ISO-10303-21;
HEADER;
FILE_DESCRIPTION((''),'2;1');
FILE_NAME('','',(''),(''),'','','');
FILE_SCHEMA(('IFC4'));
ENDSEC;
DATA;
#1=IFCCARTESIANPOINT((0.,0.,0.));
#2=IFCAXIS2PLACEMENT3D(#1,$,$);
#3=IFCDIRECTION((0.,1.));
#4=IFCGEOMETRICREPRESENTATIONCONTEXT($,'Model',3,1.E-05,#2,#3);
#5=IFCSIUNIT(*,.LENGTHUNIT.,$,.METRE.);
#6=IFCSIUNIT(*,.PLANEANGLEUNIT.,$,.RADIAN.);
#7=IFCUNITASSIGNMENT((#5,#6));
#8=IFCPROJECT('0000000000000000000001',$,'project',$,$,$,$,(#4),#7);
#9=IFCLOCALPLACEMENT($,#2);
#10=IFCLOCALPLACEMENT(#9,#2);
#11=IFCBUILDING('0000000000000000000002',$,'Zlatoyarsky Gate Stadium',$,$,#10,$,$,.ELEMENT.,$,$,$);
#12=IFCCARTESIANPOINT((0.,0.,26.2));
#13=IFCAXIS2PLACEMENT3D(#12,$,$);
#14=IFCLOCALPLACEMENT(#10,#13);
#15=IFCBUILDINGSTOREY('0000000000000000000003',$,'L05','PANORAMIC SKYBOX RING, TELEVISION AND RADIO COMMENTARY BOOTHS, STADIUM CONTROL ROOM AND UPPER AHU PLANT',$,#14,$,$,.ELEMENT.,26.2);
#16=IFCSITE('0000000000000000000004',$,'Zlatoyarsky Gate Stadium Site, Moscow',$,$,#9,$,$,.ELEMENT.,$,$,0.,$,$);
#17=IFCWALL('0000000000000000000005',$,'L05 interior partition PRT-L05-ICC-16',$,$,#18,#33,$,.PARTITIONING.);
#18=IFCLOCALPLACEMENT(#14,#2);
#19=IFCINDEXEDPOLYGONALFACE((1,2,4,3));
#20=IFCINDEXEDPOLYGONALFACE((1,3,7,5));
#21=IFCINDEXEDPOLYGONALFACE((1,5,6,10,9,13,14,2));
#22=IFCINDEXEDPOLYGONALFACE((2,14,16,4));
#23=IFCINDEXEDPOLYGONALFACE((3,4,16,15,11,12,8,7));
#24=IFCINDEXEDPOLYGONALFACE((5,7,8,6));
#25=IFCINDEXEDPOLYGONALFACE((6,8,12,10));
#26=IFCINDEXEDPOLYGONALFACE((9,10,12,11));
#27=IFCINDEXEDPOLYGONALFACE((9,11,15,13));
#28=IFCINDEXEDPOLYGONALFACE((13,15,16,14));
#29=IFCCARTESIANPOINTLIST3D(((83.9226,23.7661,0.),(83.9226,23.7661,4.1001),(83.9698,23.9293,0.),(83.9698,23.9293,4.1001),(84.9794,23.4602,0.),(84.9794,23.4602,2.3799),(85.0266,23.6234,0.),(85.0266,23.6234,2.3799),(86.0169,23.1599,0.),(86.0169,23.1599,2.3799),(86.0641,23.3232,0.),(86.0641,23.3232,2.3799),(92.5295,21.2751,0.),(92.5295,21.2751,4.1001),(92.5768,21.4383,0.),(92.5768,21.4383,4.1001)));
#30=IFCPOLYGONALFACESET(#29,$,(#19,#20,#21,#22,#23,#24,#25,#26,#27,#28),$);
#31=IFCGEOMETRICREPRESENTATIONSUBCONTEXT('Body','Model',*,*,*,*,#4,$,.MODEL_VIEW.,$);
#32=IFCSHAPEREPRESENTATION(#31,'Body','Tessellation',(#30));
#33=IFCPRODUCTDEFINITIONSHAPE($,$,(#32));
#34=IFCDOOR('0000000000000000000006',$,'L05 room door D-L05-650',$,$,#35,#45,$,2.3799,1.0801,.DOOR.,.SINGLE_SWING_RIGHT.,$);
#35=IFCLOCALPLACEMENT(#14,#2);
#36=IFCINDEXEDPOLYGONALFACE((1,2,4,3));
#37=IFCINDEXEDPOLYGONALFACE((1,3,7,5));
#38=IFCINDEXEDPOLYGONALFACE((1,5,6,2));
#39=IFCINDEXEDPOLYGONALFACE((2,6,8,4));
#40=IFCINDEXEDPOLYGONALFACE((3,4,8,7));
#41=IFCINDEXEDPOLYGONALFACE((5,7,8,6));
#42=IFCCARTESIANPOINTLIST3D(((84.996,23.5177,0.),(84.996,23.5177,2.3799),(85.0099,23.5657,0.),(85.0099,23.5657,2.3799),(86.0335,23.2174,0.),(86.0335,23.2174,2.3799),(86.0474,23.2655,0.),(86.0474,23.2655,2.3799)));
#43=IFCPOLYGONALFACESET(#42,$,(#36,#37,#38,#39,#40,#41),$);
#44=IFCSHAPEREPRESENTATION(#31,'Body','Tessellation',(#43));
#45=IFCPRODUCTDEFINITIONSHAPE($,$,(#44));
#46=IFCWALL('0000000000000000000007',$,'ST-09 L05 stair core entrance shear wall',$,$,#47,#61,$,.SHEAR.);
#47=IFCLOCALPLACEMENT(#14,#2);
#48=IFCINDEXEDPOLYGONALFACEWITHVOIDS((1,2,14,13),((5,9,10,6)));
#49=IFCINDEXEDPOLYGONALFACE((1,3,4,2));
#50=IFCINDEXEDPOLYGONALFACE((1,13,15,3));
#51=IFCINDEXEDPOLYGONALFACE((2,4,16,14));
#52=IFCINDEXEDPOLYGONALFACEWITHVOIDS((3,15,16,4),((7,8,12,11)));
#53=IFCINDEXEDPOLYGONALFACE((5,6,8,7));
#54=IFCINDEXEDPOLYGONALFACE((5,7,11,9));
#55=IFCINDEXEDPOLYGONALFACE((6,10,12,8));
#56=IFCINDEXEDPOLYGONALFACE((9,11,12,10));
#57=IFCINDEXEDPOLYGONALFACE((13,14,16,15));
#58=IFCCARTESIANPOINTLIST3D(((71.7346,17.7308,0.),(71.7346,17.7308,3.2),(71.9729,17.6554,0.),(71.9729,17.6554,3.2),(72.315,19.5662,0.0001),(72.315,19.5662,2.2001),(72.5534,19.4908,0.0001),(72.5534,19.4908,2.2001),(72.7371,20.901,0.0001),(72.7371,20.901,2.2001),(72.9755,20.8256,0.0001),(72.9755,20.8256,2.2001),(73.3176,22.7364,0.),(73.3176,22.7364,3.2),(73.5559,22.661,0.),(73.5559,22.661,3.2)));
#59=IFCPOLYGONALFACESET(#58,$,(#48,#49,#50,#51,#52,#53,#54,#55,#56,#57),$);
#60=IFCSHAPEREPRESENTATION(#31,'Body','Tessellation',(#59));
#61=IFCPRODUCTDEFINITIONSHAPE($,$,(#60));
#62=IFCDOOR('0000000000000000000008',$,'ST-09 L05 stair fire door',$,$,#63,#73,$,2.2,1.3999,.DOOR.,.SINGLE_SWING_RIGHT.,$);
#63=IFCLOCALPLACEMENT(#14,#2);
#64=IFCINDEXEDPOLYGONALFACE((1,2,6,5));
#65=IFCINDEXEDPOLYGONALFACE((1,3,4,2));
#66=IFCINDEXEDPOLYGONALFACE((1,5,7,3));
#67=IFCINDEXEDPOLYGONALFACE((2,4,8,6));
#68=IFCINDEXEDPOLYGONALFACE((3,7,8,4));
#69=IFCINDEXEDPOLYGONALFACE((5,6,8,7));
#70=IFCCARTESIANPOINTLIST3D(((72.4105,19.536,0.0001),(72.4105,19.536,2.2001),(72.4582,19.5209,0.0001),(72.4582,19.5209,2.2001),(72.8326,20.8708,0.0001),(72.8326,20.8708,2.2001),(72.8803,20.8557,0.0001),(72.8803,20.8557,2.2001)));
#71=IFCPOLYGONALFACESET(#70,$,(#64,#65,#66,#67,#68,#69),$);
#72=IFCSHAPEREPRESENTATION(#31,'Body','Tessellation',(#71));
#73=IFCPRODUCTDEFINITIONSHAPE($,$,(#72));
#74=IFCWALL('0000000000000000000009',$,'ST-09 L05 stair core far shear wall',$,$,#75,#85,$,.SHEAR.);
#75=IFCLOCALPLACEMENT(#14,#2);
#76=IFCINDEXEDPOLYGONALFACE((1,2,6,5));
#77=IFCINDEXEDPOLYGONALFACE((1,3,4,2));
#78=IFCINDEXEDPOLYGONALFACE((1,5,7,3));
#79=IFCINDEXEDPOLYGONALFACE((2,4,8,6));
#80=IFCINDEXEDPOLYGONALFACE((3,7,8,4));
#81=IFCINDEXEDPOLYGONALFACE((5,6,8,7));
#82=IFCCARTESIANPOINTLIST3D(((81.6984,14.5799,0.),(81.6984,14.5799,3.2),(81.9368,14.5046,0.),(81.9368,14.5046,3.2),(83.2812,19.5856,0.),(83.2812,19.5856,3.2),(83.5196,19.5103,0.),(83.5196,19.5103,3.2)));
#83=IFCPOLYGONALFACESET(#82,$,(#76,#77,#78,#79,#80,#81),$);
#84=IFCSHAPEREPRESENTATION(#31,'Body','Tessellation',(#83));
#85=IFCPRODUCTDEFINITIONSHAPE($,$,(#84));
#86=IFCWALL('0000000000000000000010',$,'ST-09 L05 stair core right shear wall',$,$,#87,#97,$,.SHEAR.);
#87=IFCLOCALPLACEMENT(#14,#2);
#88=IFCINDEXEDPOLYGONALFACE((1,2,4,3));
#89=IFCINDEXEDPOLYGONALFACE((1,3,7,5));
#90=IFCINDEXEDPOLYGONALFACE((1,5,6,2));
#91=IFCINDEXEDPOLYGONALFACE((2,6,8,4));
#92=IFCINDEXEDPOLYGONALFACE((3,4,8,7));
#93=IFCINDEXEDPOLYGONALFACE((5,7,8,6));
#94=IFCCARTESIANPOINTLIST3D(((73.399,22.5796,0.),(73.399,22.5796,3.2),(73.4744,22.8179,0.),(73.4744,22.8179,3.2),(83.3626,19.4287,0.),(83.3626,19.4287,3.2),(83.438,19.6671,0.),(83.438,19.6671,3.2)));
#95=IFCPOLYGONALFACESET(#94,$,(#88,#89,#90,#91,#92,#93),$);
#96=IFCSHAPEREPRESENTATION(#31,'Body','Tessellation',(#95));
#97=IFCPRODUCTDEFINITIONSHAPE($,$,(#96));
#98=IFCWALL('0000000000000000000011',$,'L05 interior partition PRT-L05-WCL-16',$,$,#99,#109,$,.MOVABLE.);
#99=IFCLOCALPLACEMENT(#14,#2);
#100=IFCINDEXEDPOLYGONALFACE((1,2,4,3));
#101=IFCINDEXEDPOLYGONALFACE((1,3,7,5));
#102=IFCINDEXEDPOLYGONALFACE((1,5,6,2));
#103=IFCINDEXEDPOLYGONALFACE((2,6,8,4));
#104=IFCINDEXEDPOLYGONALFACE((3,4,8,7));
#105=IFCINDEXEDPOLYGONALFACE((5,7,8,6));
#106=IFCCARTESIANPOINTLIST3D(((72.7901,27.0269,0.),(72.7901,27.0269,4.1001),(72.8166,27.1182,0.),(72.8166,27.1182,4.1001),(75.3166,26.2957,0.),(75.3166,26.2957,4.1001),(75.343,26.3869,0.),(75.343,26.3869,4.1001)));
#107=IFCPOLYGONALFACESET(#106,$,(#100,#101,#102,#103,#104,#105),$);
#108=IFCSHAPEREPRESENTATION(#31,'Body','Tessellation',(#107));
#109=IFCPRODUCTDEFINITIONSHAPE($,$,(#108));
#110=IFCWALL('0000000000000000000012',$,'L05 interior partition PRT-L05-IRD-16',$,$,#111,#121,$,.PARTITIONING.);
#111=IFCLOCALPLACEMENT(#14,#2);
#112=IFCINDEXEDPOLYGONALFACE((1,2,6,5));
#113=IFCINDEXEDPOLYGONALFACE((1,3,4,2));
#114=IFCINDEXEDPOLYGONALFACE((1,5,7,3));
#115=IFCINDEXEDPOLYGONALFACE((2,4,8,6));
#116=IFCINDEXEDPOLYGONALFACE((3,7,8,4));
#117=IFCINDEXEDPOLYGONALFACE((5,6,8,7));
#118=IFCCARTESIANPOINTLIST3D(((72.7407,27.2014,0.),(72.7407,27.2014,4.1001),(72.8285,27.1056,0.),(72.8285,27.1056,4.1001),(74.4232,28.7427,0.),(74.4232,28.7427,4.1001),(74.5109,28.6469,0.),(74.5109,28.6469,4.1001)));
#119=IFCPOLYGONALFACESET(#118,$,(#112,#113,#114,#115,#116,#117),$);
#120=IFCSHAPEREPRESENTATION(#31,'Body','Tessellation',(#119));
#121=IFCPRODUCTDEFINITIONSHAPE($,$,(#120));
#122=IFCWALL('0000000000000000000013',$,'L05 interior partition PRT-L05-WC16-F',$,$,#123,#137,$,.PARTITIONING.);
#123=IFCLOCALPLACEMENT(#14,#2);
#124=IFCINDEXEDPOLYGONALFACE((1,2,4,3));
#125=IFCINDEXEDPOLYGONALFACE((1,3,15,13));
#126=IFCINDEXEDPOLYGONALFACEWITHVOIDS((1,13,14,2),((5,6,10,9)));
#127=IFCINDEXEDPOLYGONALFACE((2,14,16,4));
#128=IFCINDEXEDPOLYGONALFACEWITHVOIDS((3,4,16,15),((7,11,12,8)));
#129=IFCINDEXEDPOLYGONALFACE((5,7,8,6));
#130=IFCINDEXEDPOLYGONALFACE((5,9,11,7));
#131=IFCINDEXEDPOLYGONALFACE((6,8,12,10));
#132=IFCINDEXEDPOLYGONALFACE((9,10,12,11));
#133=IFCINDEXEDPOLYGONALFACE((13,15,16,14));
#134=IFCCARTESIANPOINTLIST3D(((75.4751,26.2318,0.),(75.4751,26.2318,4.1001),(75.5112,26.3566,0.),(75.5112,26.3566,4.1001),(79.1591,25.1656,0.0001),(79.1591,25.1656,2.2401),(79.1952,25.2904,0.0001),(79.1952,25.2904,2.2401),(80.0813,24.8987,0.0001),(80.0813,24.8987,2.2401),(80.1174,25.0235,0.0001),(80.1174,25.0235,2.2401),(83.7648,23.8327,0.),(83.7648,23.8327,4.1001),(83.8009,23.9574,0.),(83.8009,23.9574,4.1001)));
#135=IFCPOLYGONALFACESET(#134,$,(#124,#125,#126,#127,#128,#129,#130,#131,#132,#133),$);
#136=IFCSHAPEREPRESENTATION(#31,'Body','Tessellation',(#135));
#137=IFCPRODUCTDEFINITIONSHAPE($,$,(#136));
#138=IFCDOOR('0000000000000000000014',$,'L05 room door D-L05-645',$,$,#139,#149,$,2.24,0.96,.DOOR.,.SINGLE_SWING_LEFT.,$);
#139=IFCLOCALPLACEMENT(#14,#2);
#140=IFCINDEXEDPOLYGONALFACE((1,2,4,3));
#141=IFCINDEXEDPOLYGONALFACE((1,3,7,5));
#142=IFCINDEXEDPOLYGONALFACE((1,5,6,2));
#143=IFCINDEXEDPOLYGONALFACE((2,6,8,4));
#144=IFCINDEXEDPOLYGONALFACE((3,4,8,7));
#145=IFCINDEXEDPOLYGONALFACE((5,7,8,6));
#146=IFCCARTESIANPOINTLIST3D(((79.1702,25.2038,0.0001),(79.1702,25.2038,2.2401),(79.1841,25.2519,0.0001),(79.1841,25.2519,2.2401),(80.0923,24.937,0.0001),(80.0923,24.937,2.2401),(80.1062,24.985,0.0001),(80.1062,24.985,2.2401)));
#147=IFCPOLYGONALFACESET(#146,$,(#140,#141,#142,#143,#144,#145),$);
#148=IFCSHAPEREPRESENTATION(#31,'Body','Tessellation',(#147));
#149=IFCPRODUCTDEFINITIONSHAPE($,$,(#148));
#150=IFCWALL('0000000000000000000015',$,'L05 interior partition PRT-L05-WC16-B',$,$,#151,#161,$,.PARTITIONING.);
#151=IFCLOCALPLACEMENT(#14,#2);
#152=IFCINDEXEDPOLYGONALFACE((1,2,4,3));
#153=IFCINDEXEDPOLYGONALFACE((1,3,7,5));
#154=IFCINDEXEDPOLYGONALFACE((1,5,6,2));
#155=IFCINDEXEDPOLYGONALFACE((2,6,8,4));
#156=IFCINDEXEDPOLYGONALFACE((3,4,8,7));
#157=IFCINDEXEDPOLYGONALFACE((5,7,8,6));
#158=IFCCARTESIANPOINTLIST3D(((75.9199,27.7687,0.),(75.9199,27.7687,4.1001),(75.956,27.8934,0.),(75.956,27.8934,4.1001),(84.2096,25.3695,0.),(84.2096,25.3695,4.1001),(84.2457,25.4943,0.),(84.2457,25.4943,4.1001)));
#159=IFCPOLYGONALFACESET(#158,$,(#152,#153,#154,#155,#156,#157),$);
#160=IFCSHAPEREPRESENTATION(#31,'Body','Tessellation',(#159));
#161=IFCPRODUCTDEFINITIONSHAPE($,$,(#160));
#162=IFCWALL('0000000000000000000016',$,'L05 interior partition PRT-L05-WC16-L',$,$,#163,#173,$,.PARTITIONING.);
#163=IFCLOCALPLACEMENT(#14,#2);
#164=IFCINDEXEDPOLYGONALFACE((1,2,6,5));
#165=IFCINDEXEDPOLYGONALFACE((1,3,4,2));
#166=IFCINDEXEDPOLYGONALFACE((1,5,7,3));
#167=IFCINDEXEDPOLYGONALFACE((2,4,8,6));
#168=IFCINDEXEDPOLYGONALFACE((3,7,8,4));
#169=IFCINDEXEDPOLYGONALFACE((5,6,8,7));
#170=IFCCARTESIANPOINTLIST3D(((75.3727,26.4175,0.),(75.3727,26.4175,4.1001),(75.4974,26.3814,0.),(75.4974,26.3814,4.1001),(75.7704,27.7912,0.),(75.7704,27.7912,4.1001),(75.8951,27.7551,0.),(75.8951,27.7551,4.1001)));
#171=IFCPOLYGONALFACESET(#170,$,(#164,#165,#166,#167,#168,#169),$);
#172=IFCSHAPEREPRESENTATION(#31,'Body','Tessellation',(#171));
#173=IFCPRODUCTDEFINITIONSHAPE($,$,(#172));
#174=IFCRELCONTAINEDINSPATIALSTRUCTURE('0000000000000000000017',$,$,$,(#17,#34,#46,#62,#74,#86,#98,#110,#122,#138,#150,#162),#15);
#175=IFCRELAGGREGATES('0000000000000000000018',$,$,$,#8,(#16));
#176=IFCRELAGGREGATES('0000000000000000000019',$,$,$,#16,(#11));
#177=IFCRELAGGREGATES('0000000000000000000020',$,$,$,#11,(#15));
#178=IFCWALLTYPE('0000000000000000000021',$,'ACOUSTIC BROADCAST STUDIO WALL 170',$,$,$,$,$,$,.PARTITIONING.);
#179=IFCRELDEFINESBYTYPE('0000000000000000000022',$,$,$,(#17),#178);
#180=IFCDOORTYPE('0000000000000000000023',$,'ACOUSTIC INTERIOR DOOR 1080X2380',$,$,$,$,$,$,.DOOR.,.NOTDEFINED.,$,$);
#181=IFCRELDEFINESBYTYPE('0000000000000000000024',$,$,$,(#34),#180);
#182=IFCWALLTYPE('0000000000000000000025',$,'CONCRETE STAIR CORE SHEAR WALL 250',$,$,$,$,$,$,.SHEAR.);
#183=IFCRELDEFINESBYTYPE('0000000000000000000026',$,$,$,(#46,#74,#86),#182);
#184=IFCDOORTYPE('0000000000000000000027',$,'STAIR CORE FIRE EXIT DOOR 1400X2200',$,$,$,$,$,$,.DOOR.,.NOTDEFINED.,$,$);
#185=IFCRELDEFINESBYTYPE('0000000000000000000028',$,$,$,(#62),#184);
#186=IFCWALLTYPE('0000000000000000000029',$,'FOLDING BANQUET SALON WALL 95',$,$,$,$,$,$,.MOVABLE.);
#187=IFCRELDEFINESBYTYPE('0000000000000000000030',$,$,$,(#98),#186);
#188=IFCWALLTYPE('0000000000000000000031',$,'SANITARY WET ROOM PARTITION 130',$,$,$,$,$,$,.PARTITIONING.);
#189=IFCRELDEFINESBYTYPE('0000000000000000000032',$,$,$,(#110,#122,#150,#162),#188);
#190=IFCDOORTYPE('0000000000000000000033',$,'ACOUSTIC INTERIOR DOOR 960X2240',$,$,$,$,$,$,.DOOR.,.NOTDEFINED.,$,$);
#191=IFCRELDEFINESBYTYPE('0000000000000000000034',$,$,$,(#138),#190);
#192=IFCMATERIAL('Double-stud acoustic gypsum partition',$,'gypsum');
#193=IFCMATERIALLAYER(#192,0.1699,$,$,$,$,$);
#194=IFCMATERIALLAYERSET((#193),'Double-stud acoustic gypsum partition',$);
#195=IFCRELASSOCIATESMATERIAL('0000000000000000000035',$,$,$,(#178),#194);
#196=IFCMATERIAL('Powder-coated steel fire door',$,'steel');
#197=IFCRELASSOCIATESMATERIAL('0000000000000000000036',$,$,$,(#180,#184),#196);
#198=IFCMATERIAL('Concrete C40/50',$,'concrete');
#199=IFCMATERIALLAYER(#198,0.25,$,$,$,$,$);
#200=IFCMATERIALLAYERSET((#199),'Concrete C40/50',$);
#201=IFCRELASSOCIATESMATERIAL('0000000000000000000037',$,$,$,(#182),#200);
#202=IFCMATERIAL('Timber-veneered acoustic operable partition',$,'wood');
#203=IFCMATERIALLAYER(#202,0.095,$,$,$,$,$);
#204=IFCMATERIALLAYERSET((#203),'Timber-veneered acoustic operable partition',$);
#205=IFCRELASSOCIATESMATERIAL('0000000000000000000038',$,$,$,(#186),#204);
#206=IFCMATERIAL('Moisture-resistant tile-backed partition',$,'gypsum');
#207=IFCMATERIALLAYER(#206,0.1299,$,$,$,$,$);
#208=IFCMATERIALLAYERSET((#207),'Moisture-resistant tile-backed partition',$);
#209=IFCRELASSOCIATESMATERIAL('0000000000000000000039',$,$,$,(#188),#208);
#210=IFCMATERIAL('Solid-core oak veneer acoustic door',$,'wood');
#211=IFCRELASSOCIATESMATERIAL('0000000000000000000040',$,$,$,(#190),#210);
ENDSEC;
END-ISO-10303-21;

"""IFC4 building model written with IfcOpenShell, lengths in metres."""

from ifc_helpers import new_model, si_unit, direction, frame, frame_2d, origin, place, context, subcontext, project, spatial, rectangle, extrude, material, layer, layer_set, type_object, element, fill, save


model = new_model("IFC4")

# Units and contexts
model_context = context("Model", 3, precision=1e-05, world=origin(), true_north=direction((0.0, 1.0)))
body_context = subcontext(model_context, "Body", "Model", "MODEL_VIEW")
ifc_project = project(units=[si_unit("LENGTHUNIT", "METRE"), si_unit("PLANEANGLEUNIT", "RADIAN")], contexts=[model_context])

# Site, building, storey
site_placement = place(None, origin())
site = spatial("IfcSite", under=ifc_project, at=site_placement, Name="Zlatoyarsky Gate Stadium Site, Moscow", CompositionType="ELEMENT", RefElevation=0.0)
building_placement = place(site_placement, origin())
building = spatial("IfcBuilding", under=site, at=building_placement, Name="Zlatoyarsky Gate Stadium", CompositionType="ELEMENT")
storey_placement = place(building_placement, frame((0.0, 0.0, 26.2)))
storey = spatial("IfcBuildingStorey", under=building, at=storey_placement, Name="L05", Description="PANORAMIC SKYBOX RING, TELEVISION AND RADIO COMMENTARY BOOTHS, STADIUM CONTROL ROOM AND UPPER AHU PLANT", CompositionType="ELEMENT", Elevation=26.2)

# Walls, openings, doors
ifc_material_1 = material(Name="Double-stud acoustic gypsum partition", Category="gypsum")
ifc_layer_1 = layer(ifc_material_1, 0.1699)
ifc_layer_set_1 = layer_set([ifc_layer_1], Name="Double-stud acoustic gypsum partition")
wall_type_1 = type_object("IfcWallType", Name="ACOUSTIC BROADCAST STUDIO WALL 170", PredefinedType="PARTITIONING", material=ifc_layer_set_1)
wall_1_placement = place(storey_placement, frame((83.9463, 23.8477, 0.0), z_axis=(0.0, 0.0, 1.0), x_axis=(0.96058, -0.278005, 0.0)))
wall_1 = element("IfcWall", 1, at=wall_1_placement, inside=storey, type_object=wall_type_1, Name="L05 interior partition PRT-L05-ICC-16", PredefinedType="PARTITIONING", context=body_context, shape_type="SweptSolid", body=[
    extrude(rectangle(XDim=8.9602, YDim=0.1699, at=frame_2d((4.48, 0.0))), origin(), (0.0, 0.0, 1.0), 4.1001),
])
opening_1_placement = place(wall_1_placement, frame((1.1001, 0.0, 0.0)))
opening_1 = element("IfcOpeningElement", 2, at=opening_1_placement, cuts=wall_1, PredefinedType="OPENING", context=body_context, shape_type="SweptSolid", body=[
    extrude(rectangle(XDim=1.0801, YDim=2.3799, at=frame_2d((0.54, 1.1899))), frame((0.0, 0.095, 0.0), z_axis=(0.0, -1.0, 0.0), x_axis=(1.0, 0.0, 0.0)), (0.0, 0.0, 1.0), 0.1899),
])
ifc_material_2 = material(Name="Powder-coated steel fire door", Category="steel")
door_type_1 = type_object("IfcDoorType", Name="ACOUSTIC INTERIOR DOOR 1080X2380", OperationType="NOTDEFINED", PredefinedType="DOOR", material=ifc_material_2)
door_1_placement = place(opening_1_placement, origin())
door_1 = element("IfcDoor", 3, at=door_1_placement, inside=storey, type_object=door_type_1, Name="L05 room door D-L05-650", OperationType="SINGLE_SWING_RIGHT", OverallHeight=2.3799, OverallWidth=1.0801, PredefinedType="DOOR", context=body_context, shape_type="SweptSolid", body=[
    extrude(rectangle(XDim=1.0801, YDim=2.3799, at=frame_2d((0.54, 1.1899))), frame((0.0, 0.0249, 0.0), z_axis=(0.0, -1.0, 0.0), x_axis=(1.0, 0.0, 0.0)), (0.0, 0.0, 1.0), 0.05),
])
fill(opening_1, door_1)
ifc_material_3 = material(Name="Concrete C40/50", Category="concrete")
ifc_layer_2 = layer(ifc_material_3, 0.25)
ifc_layer_set_2 = layer_set([ifc_layer_2], Name="Concrete C40/50")
wall_type_2 = type_object("IfcWallType", Name="CONCRETE STAIR CORE SHEAR WALL 250", PredefinedType="SHEAR", material=ifc_layer_set_2)
wall_2_placement = place(storey_placement, frame((73.4368, 22.6987, 0.0), z_axis=(0.0, 0.0, 1.0), x_axis=(-0.301527, -0.953457, 0.0)))
wall_2 = element("IfcWall", 4, at=wall_2_placement, inside=storey, type_object=wall_type_2, Name="ST-09 L05 stair core entrance shear wall", PredefinedType="SHEAR", context=body_context, shape_type="SweptSolid", body=[
    extrude(rectangle(XDim=5.25, YDim=0.25, at=frame_2d((2.625, 0.0))), origin(), (0.0, 0.0, 1.0), 3.2),
])
opening_2_placement = place(wall_2_placement, frame((1.925, 0.0, 0.0)))
opening_2 = element("IfcOpeningElement", 5, at=opening_2_placement, cuts=wall_2, PredefinedType="OPENING", context=body_context, shape_type="SweptSolid", body=[
    extrude(rectangle(XDim=1.3999, YDim=2.2, at=frame_2d((0.7, 1.1001))), frame((0.0, 0.135, 0.0), z_axis=(0.0, -1.0, 0.0), x_axis=(1.0, 0.0, 0.0)), (0.0, 0.0, 1.0), 0.27),
])
door_type_2 = type_object("IfcDoorType", Name="STAIR CORE FIRE EXIT DOOR 1400X2200", OperationType="NOTDEFINED", PredefinedType="DOOR", material=ifc_material_2)
door_2_placement = place(opening_2_placement, frame((1.3999, 0.0, 0.0), z_axis=(0.0, 0.0, 1.0), x_axis=(-1.0, 0.0, 0.0)))
door_2 = element("IfcDoor", 6, at=door_2_placement, inside=storey, type_object=door_type_2, Name="ST-09 L05 stair fire door", OperationType="SINGLE_SWING_RIGHT", OverallHeight=2.2, OverallWidth=1.3999, PredefinedType="DOOR", context=body_context, shape_type="SweptSolid", body=[
    extrude(rectangle(XDim=1.3999, YDim=2.2, at=frame_2d((0.7, 1.1001))), frame((0.0, 0.0249, 0.0), z_axis=(0.0, -1.0, 0.0), x_axis=(1.0, 0.0, 0.0)), (0.0, 0.0, 1.0), 0.05),
])
fill(opening_2, door_2)

# Walls
wall_3_placement = place(storey_placement, frame((81.8176, 14.5422, 0.0), z_axis=(0.0, 0.0, 1.0), x_axis=(0.301485, 0.953471, 0.0)))
element("IfcWall", 7, at=wall_3_placement, inside=storey, type_object=wall_type_2, Name="ST-09 L05 stair core far shear wall", PredefinedType="SHEAR", context=body_context, shape_type="SweptSolid", body=[
    extrude(rectangle(XDim=5.25, YDim=0.25, at=frame_2d((2.625, 0.0))), origin(), (0.0, 0.0, 1.0), 3.2),
])
wall_4_placement = place(storey_placement, frame((83.4004, 19.5479, 0.0), z_axis=(0.0, 0.0, 1.0), x_axis=(-0.95346, 0.30152, 0.0)))
element("IfcWall", 8, at=wall_4_placement, inside=storey, type_object=wall_type_2, Name="ST-09 L05 stair core right shear wall", PredefinedType="SHEAR", context=body_context, shape_type="SweptSolid", body=[
    extrude(rectangle(XDim=10.45, YDim=0.25, at=frame_2d((5.2251, 0.0))), origin(), (0.0, 0.0, 1.0), 3.2),
])
ifc_material_4 = material(Name="Timber-veneered acoustic operable partition", Category="wood")
ifc_layer_3 = layer(ifc_material_4, 0.095)
ifc_layer_set_3 = layer_set([ifc_layer_3], Name="Timber-veneered acoustic operable partition")
wall_type_3 = type_object("IfcWallType", Name="FOLDING BANQUET SALON WALL 95", PredefinedType="MOVABLE", material=ifc_layer_set_3)
wall_5_placement = place(storey_placement, frame((72.8035, 27.0725, 0.0), z_axis=(0.0, 0.0, 1.0), x_axis=(0.960576, -0.278018, 0.0)))
element("IfcWall", 9, at=wall_5_placement, inside=storey, type_object=wall_type_3, Name="L05 interior partition PRT-L05-WCL-16", PredefinedType="MOVABLE", context=body_context, shape_type="SweptSolid", body=[
    extrude(rectangle(XDim=2.6301, YDim=0.095, at=frame_2d((1.3149, 0.0))), origin(), (0.0, 0.0, 1.0), 4.1001),
])
ifc_material_5 = material(Name="Moisture-resistant tile-backed partition", Category="gypsum")
ifc_layer_4 = layer(ifc_material_5, 0.1299)
ifc_layer_set_4 = layer_set([ifc_layer_4], Name="Moisture-resistant tile-backed partition")
wall_type_4 = type_object("IfcWallType", Name="SANITARY WET ROOM PARTITION 130", PredefinedType="PARTITIONING", material=ifc_layer_set_4)
wall_6_placement = place(storey_placement, frame((74.467, 28.6948, 0.0), z_axis=(0.0, 0.0, 1.0), x_axis=(-0.737354, -0.675507, 0.0)))
element("IfcWall", 10, at=wall_6_placement, inside=storey, type_object=wall_type_4, Name="L05 interior partition PRT-L05-IRD-16", PredefinedType="PARTITIONING", context=body_context, shape_type="SweptSolid", body=[
    extrude(rectangle(XDim=2.2817, YDim=0.1299, at=frame_2d((1.1409, 0.0))), origin(), (0.0, 0.0, 1.0), 4.1001),
])

# Wall, opening, door
wall_7_placement = place(storey_placement, frame((75.4932, 26.2942, 0.0), z_axis=(0.0, 0.0, 1.0), x_axis=(0.96058, -0.278004, 0.0)))
wall_7 = element("IfcWall", 11, at=wall_7_placement, inside=storey, type_object=wall_type_4, Name="L05 interior partition PRT-L05-WC16-F", PredefinedType="PARTITIONING", context=body_context, shape_type="SweptSolid", body=[
    extrude(rectangle(XDim=8.6299, YDim=0.1299, at=frame_2d((4.3149, 0.0))), origin(), (0.0, 0.0, 1.0), 4.1001),
])
opening_3_placement = place(wall_7_placement, frame((3.8352, 0.0, 0.0)))
opening_3 = element("IfcOpeningElement", 12, at=opening_3_placement, cuts=wall_7, PredefinedType="OPENING", context=body_context, shape_type="SweptSolid", body=[
    extrude(rectangle(XDim=0.96, YDim=2.24, at=frame_2d((0.48, 1.1201))), frame((0.0, 0.075, 0.0), z_axis=(0.0, -1.0, 0.0), x_axis=(1.0, 0.0, 0.0)), (0.0, 0.0, 1.0), 0.1499),
])
ifc_material_6 = material(Name="Solid-core oak veneer acoustic door", Category="wood")
door_type_3 = type_object("IfcDoorType", Name="ACOUSTIC INTERIOR DOOR 960X2240", OperationType="NOTDEFINED", PredefinedType="DOOR", material=ifc_material_6)
door_3_placement = place(opening_3_placement, origin())
door_3 = element("IfcDoor", 13, at=door_3_placement, inside=storey, type_object=door_type_3, Name="L05 room door D-L05-645", OperationType="SINGLE_SWING_LEFT", OverallHeight=2.24, OverallWidth=0.96, PredefinedType="DOOR", context=body_context, shape_type="SweptSolid", body=[
    extrude(rectangle(XDim=0.96, YDim=2.24, at=frame_2d((0.48, 1.1201))), frame((0.0, 0.0249, 0.0), z_axis=(0.0, -1.0, 0.0), x_axis=(1.0, 0.0, 0.0)), (0.0, 0.0, 1.0), 0.05),
])
fill(opening_3, door_3)

# Walls
wall_8_placement = place(storey_placement, frame((75.938, 27.8311, 0.0), z_axis=(0.0, 0.0, 1.0), x_axis=(0.96058, -0.278004, 0.0)))
element("IfcWall", 14, at=wall_8_placement, inside=storey, type_object=wall_type_4, Name="L05 interior partition PRT-L05-WC16-B", PredefinedType="PARTITIONING", context=body_context, shape_type="SweptSolid", body=[
    extrude(rectangle(XDim=8.6299, YDim=0.1299, at=frame_2d((4.3149, 0.0))), origin(), (0.0, 0.0, 1.0), 4.1001),
])
for number, where, z_axis, x_axis, name in (
    (15, (75.4351, 26.3994, 0.0), (0.0, 0.0, 1.0), (0.278079, 0.960558, 0.0), "L05 interior partition PRT-L05-WC16-L"),
):
    element("IfcWall", number, at=place(storey_placement, frame(where, z_axis=z_axis, x_axis=x_axis)), inside=storey, type_object=wall_type_4, Name=name, PredefinedType="PARTITIONING", context=body_context, shape_type="SweptSolid", body=[
        extrude(rectangle(XDim=1.4302, YDim=0.1299, at=frame_2d((0.7151, 0.0))), origin(), (0.0, 0.0, 1.0), 4.1001),
    ])

save(model, "model.ifc")
